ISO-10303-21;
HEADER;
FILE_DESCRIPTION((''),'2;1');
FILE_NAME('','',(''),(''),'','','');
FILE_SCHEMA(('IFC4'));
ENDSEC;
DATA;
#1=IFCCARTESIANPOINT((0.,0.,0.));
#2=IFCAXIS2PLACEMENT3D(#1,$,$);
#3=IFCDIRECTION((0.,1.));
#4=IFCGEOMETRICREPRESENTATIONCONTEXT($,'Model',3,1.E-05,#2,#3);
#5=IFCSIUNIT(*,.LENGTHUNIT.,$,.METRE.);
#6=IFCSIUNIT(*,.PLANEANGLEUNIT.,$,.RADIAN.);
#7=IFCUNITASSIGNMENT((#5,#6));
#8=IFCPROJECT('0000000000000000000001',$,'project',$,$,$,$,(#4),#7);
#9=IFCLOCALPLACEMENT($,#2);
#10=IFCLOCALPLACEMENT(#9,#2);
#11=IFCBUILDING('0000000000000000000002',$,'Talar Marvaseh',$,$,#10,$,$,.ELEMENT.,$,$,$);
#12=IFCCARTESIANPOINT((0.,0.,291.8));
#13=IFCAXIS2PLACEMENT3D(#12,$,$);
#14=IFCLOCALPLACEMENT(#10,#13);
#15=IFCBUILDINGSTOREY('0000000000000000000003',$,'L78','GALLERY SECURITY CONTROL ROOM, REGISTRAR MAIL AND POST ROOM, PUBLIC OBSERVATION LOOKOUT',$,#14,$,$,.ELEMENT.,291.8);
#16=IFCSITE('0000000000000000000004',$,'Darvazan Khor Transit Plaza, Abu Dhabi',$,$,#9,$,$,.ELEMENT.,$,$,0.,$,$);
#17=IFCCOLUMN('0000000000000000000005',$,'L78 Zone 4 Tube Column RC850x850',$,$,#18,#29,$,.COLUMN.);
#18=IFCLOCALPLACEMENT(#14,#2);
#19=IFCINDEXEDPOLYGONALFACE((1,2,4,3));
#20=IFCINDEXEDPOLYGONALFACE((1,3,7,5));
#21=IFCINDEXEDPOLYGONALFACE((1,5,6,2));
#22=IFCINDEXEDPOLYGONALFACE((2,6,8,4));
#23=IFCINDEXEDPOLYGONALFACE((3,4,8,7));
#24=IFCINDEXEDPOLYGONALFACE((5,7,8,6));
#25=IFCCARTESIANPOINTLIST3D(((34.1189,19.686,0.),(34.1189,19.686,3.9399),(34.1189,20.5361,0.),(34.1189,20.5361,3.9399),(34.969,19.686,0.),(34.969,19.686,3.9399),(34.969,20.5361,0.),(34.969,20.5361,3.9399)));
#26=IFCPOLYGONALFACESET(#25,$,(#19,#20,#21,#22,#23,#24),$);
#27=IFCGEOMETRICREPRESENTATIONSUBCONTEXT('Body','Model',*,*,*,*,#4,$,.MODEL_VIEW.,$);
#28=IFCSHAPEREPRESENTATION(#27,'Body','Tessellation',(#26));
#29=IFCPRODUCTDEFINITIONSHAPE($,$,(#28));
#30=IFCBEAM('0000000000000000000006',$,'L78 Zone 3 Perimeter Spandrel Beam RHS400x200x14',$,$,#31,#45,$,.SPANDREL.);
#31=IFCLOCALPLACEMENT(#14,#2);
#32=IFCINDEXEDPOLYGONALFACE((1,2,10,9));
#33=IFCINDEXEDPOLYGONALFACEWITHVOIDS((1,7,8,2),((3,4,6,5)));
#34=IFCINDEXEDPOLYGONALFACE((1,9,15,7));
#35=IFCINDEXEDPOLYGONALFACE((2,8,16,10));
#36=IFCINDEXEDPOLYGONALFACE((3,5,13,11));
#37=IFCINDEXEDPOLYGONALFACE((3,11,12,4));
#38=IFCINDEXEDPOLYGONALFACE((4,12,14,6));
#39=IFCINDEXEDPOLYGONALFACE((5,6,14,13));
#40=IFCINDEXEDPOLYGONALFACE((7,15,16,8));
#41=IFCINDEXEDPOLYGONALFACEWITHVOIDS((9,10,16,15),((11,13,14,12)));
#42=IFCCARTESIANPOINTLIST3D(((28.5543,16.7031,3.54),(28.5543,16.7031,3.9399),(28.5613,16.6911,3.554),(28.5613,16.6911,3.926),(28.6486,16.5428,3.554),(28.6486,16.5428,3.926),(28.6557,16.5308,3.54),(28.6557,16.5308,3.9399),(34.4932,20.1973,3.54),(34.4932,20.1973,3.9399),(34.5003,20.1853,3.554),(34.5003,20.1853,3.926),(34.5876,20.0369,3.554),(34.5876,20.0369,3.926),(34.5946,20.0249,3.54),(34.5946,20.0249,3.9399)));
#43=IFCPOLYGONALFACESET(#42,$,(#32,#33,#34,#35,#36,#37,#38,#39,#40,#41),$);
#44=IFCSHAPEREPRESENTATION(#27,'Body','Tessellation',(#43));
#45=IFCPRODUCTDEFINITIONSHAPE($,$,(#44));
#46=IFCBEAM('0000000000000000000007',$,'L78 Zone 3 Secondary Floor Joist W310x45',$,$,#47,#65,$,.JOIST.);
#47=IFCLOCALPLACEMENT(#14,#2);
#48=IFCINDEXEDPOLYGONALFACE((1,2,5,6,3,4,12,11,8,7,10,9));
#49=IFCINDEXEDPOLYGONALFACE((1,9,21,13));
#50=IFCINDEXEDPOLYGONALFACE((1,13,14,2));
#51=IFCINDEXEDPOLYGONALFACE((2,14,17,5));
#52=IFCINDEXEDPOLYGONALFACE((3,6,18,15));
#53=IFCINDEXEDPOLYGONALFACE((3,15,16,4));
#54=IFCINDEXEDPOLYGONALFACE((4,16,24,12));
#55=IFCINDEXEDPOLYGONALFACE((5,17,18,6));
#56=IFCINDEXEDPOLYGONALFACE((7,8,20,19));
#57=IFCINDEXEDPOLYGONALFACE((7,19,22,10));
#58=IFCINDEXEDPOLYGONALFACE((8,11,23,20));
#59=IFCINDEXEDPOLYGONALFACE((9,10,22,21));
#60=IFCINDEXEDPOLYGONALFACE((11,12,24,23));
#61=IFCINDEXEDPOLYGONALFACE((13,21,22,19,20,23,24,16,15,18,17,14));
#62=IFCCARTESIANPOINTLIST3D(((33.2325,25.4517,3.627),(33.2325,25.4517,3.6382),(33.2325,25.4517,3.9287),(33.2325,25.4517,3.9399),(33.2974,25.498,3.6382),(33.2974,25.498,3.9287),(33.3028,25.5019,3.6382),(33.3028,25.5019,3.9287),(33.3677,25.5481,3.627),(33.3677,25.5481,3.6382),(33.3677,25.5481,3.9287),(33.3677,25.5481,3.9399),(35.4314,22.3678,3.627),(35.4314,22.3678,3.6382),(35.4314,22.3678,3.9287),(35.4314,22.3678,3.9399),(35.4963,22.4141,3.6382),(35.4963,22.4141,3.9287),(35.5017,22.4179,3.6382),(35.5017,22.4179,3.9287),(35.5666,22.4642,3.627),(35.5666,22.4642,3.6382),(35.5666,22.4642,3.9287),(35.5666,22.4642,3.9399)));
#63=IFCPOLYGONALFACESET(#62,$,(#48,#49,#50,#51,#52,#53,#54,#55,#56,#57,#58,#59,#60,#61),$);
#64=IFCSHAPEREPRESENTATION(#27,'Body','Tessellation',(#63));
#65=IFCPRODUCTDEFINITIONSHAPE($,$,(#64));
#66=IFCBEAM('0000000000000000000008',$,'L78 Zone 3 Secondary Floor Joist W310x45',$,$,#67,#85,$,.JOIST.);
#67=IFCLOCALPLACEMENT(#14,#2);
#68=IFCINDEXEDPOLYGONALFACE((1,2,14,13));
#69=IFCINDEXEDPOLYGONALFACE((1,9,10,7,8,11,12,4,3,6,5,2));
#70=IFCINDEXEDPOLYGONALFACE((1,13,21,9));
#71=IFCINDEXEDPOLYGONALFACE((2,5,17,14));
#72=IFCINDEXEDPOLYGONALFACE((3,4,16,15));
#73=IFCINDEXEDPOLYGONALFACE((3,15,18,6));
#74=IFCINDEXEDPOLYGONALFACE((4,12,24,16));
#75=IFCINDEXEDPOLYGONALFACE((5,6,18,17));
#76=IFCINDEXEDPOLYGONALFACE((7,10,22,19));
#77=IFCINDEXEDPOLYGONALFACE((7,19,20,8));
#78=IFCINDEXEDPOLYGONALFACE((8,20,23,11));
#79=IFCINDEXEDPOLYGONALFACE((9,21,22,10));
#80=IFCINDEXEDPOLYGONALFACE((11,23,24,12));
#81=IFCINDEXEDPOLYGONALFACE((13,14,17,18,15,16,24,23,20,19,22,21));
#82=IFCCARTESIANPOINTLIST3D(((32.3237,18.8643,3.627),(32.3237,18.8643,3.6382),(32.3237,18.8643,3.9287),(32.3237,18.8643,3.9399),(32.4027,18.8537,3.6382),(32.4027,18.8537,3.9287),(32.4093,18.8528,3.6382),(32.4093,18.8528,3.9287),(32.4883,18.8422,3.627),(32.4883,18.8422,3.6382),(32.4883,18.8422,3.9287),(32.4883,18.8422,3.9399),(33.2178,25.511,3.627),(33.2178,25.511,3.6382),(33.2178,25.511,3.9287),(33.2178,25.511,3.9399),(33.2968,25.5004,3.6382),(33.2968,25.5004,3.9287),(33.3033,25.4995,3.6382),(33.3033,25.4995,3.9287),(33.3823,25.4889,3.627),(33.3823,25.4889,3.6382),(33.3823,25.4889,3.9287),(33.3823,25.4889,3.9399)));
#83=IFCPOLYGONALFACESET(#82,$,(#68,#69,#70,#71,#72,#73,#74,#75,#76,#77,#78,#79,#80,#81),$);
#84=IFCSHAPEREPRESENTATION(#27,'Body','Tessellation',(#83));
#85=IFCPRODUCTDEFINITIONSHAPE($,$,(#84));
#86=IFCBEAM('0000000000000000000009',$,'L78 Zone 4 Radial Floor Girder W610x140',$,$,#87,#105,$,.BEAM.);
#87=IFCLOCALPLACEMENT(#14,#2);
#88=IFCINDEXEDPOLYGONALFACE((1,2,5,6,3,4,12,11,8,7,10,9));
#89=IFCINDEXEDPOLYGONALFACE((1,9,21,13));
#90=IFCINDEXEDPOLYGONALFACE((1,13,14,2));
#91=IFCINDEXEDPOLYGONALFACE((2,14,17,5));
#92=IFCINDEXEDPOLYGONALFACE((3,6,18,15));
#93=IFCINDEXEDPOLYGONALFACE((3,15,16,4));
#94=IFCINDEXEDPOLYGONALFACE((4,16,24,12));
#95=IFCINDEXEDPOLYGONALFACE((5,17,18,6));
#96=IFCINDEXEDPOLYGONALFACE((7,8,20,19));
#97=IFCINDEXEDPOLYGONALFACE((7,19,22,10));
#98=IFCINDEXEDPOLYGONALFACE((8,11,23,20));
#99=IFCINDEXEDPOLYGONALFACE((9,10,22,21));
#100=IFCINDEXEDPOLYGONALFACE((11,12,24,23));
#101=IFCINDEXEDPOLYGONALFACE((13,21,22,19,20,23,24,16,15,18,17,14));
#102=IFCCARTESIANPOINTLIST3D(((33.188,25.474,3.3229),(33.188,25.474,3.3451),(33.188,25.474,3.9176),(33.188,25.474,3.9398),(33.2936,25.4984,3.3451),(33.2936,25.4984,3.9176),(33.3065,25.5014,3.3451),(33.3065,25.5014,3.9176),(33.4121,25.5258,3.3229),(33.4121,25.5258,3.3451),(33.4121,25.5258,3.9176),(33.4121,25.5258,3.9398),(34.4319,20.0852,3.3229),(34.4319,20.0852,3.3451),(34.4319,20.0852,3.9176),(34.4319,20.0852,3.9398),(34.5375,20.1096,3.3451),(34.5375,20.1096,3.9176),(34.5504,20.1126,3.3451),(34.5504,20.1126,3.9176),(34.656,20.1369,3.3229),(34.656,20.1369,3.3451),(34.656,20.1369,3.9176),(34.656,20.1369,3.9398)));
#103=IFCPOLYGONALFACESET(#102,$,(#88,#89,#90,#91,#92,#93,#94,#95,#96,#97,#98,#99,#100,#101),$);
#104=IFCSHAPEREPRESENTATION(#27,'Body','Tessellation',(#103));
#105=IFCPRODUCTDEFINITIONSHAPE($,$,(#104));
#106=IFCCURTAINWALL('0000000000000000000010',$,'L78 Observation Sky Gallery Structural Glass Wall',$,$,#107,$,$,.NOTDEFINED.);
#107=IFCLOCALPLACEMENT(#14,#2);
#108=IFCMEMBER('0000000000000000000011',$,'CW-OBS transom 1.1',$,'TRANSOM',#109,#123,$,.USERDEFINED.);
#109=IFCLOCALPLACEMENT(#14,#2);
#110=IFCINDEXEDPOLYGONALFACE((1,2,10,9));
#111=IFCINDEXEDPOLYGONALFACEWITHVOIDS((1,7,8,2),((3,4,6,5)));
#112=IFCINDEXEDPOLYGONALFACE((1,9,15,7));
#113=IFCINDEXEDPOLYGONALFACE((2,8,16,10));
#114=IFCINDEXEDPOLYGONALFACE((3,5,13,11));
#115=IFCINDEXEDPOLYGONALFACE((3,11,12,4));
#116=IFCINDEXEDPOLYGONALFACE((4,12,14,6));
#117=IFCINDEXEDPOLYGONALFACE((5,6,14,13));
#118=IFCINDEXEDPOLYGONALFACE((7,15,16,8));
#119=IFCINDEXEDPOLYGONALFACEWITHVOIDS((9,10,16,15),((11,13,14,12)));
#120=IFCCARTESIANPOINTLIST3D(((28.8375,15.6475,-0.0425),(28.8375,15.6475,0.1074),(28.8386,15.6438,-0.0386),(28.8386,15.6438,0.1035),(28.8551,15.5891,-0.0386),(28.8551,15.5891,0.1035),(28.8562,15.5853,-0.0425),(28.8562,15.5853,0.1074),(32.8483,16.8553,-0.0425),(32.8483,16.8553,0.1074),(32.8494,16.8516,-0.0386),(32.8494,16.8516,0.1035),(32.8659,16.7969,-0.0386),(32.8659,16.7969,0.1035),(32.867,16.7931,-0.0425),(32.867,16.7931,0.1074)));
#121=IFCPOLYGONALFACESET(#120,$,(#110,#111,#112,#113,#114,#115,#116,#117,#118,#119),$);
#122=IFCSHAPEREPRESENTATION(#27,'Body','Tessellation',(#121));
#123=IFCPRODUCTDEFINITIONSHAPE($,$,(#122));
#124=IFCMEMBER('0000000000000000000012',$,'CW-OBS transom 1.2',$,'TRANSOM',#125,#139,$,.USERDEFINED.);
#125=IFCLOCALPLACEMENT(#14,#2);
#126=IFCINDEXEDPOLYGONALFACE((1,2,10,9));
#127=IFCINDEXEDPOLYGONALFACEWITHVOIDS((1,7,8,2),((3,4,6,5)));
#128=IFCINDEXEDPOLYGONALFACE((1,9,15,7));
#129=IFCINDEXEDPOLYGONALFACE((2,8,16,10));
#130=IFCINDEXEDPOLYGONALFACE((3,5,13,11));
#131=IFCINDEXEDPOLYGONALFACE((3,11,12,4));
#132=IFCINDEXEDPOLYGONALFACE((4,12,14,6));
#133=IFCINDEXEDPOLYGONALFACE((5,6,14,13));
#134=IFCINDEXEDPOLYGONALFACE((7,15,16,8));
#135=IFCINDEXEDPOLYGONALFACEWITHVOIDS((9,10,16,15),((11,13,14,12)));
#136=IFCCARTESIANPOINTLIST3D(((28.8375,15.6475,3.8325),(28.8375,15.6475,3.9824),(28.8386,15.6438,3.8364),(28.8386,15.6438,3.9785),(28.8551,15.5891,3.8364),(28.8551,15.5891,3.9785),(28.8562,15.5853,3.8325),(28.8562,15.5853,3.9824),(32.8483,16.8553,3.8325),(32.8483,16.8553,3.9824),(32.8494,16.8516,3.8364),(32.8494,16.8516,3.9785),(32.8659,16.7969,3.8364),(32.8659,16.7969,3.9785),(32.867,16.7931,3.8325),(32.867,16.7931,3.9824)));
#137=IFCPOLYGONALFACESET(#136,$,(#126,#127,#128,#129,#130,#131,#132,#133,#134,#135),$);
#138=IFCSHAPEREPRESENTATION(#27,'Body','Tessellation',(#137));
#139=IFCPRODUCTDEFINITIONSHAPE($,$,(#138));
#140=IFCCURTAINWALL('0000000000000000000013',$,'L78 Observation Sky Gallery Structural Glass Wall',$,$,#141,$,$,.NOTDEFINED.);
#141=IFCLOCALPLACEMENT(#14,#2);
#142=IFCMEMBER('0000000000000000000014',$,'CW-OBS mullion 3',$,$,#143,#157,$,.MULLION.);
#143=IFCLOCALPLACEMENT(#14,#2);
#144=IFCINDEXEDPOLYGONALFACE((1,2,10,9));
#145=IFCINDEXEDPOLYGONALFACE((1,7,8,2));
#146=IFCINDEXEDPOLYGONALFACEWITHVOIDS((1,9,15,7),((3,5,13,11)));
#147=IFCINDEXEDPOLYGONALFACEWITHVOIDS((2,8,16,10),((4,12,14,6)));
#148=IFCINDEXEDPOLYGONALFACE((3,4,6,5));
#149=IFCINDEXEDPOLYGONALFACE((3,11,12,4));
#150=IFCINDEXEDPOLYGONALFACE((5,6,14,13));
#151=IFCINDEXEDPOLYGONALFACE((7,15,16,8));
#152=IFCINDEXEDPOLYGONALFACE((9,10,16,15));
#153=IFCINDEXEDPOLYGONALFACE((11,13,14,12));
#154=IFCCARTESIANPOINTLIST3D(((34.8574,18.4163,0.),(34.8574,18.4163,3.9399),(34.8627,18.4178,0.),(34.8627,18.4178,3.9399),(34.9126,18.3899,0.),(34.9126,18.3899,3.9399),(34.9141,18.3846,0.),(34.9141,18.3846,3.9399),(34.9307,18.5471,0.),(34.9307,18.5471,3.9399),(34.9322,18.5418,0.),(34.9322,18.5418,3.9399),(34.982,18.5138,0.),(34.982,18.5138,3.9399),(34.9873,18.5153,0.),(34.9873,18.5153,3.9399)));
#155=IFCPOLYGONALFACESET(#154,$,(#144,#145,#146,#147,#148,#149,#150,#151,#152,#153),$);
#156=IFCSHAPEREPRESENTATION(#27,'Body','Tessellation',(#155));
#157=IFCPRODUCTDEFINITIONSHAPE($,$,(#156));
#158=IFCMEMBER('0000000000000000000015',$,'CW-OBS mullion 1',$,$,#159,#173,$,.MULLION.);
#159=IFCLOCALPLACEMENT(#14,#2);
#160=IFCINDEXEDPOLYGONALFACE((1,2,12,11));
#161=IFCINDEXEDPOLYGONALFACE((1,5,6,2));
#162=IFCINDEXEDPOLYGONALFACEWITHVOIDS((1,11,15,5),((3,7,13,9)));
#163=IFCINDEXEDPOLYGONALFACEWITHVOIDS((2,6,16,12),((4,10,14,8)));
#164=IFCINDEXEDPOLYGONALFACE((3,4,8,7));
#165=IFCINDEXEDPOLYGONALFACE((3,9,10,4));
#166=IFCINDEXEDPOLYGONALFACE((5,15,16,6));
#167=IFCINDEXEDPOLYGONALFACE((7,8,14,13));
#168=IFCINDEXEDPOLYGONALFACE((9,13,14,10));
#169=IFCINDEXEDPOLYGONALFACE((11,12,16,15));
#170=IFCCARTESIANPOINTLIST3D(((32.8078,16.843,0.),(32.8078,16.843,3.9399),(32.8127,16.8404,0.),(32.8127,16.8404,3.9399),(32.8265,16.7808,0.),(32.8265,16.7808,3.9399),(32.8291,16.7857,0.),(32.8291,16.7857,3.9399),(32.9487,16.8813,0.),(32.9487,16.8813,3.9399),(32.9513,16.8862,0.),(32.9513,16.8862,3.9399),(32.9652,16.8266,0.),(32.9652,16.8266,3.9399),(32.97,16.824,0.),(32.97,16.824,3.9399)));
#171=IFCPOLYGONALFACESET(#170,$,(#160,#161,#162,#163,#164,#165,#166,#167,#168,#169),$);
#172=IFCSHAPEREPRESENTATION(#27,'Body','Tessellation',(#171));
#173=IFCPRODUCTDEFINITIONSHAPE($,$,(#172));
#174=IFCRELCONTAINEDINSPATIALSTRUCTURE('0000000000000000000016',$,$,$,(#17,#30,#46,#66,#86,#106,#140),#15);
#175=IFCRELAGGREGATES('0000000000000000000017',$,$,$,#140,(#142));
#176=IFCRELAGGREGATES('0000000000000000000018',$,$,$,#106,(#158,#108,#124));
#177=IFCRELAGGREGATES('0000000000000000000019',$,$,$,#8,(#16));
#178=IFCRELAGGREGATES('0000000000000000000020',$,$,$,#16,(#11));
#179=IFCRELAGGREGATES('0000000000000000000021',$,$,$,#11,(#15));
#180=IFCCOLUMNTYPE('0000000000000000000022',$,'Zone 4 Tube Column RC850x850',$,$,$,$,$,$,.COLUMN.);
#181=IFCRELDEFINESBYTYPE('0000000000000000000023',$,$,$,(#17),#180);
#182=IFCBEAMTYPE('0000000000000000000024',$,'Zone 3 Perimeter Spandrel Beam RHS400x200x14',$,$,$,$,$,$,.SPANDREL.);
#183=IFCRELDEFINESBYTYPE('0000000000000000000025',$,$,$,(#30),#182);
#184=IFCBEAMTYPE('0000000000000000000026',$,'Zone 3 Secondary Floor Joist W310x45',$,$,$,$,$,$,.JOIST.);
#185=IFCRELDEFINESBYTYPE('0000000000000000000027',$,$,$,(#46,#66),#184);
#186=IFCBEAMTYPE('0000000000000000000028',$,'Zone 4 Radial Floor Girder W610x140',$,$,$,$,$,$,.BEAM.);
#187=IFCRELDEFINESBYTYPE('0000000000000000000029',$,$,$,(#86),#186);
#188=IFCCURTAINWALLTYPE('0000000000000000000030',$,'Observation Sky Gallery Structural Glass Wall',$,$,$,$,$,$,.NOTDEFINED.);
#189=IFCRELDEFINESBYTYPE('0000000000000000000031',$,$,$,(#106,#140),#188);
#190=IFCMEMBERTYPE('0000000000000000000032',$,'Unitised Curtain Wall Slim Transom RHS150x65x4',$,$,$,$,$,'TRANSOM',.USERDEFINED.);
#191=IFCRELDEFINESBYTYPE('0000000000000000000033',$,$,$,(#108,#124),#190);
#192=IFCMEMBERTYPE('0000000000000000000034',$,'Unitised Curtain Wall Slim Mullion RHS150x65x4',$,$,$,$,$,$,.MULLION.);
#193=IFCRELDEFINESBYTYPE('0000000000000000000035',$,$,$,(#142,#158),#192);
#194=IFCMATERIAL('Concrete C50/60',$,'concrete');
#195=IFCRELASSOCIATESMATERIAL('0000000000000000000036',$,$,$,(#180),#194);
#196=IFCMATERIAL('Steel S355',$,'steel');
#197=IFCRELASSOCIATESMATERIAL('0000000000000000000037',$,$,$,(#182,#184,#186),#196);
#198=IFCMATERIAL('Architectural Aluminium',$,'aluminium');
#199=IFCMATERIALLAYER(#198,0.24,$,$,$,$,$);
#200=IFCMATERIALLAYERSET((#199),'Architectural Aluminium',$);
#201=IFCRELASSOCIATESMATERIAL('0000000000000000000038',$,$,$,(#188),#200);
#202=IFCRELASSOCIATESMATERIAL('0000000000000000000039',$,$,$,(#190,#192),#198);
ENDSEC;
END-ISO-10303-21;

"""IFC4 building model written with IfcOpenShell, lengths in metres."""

from ifc_helpers import new_model, si_unit, direction, frame, origin, origin_2d, place, context, subcontext, project, spatial, rectangle, hollow_rectangle, i_section, extrude, source, transform, mapped, material, layer, layer_set, material_profile, profile_set, type_object, type_shapes, element, aggregate, save


model = new_model("IFC4")

# Units and contexts
model_context = context("Model", 3, precision=1e-05, world=origin(), true_north=direction((0.0, 1.0)))
body_context = subcontext(model_context, "Body", "Model", "MODEL_VIEW")
ifc_project = project(units=[si_unit("LENGTHUNIT", "METRE"), si_unit("PLANEANGLEUNIT", "RADIAN")], contexts=[model_context])

# Site, building, storey
site_placement = place(None, origin())
site = spatial("IfcSite", under=ifc_project, at=site_placement, Name="Darvazan Khor Transit Plaza, Abu Dhabi", CompositionType="ELEMENT", RefElevation=0.0)
building_placement = place(site_placement, origin())
building = spatial("IfcBuilding", under=site, at=building_placement, Name="Talar Marvaseh", CompositionType="ELEMENT")
storey_placement = place(building_placement, frame((0.0, 0.0, 291.8)))
storey = spatial("IfcBuildingStorey", under=building, at=storey_placement, Name="L78", Description="GALLERY SECURITY CONTROL ROOM, REGISTRAR MAIL AND POST ROOM, PUBLIC OBSERVATION LOOKOUT", CompositionType="ELEMENT", Elevation=291.8)

# Column
ifc_material_1 = material(Name="Concrete C50/60", Category="concrete")
ifc_material_profile_1 = material_profile(ifc_material_1, rectangle(XDim=0.8501, YDim=0.8501, at=origin_2d()), Name="RC850x850")
ifc_profile_set_1 = profile_set([ifc_material_profile_1], Name="Concrete C50/60")
column_type = type_object("IfcColumnType", Name="Zone 4 Tube Column RC850x850", PredefinedType="COLUMN", material=ifc_profile_set_1)
column_placement = place(storey_placement, frame((34.5439, 20.1111, 0.0), z_axis=(0.0, 0.0, 1.0), x_axis=(1.0, 0.0, 0.0)))
element("IfcColumn", 1, at=column_placement, inside=storey, type_object=column_type, Name="L78 Zone 4 Tube Column RC850x850", PredefinedType="COLUMN", context=body_context, shape_type="SweptSolid", body=[
    extrude(rectangle(XDim=0.8501, YDim=0.8501, at=origin_2d()), origin(), (0.0, 0.0, 1.0), 3.9399),
])

# Beams
ifc_material_2 = material(Name="Steel S355", Category="steel")
ifc_material_profile_2 = material_profile(ifc_material_2, hollow_rectangle(XDim=0.2, YDim=0.3999, WallThickness=0.0139, at=origin_2d()), Name="RHS400x200x14")
ifc_profile_set_2 = profile_set([ifc_material_profile_2], Name="Steel S355")
beam_type_1 = type_object("IfcBeamType", Name="Zone 3 Perimeter Spandrel Beam RHS400x200x14", PredefinedType="SPANDREL", material=ifc_profile_set_2)
beam_1_placement = place(storey_placement, frame((34.5439, 20.1111, 3.74), z_axis=(-0.861894, -0.507088, 0.0), x_axis=(0.507088, -0.861894, 0.0)))
element("IfcBeam", 2, at=beam_1_placement, inside=storey, type_object=beam_type_1, Name="L78 Zone 3 Perimeter Spandrel Beam RHS400x200x14", PredefinedType="SPANDREL", context=body_context, shape_type="SweptSolid", body=[
    extrude(hollow_rectangle(XDim=0.2, YDim=0.3999, WallThickness=0.0139, at=origin_2d()), origin(), (0.0, 0.0, 1.0), 6.8906),
])
ifc_material_profile_3 = material_profile(ifc_material_2, i_section(OverallWidth=0.166, OverallDepth=0.313, WebThickness=0.0066, FlangeThickness=0.0112, at=origin_2d()), Name="W310x45")
ifc_profile_set_3 = profile_set([ifc_material_profile_3], Name="Steel S355")
beam_type_2 = type_object("IfcBeamType", Name="Zone 3 Secondary Floor Joist W310x45", PredefinedType="JOIST", material=ifc_profile_set_3)
beam_2_placement = place(storey_placement, frame((35.499, 22.416, 3.7834), z_axis=(-0.580561, 0.814217, 0.0), x_axis=(-0.814217, -0.580561, 0.0)))
element("IfcBeam", 3, at=beam_2_placement, inside=storey, type_object=beam_type_2, Name="L78 Zone 3 Secondary Floor Joist W310x45", PredefinedType="JOIST", context=body_context, shape_type="SweptSolid", body=[
    extrude(i_section(OverallWidth=0.166, OverallDepth=0.313, WebThickness=0.0066, FlangeThickness=0.0112, at=origin_2d()), origin(), (0.0, 0.0, 1.0), 3.7876),
])
beam_3_placement = place(storey_placement, frame((32.406, 18.8533, 3.7834), z_axis=(0.133308, 0.991075, 0.0), x_axis=(-0.991075, 0.133308, 0.0)))
element("IfcBeam", 4, at=beam_3_placement, inside=storey, type_object=beam_type_2, Name="L78 Zone 3 Secondary Floor Joist W310x45", PredefinedType="JOIST", context=body_context, shape_type="SweptSolid", body=[
    extrude(i_section(OverallWidth=0.166, OverallDepth=0.313, WebThickness=0.0066, FlangeThickness=0.0112, at=origin_2d()), origin(), (0.0, 0.0, 1.0), 6.7065),
])
ifc_material_profile_4 = material_profile(ifc_material_2, i_section(OverallWidth=0.23, OverallDepth=0.6169, WebThickness=0.0132, FlangeThickness=0.0222, at=origin_2d()), Name="W610x140")
ifc_profile_set_4 = profile_set([ifc_material_profile_4], Name="Steel S355")
beam_type_3 = type_object("IfcBeamType", Name="Zone 4 Radial Floor Girder W610x140", PredefinedType="BEAM", material=ifc_profile_set_4)
beam_4_placement = place(storey_placement, frame((34.5439, 20.1111, 3.6313), z_axis=(-0.224911, 0.974379, 0.0), x_axis=(-0.974379, -0.224911, 0.0)))
element("IfcBeam", 5, at=beam_4_placement, inside=storey, type_object=beam_type_3, Name="L78 Zone 4 Radial Floor Girder W610x140", PredefinedType="BEAM", context=body_context, shape_type="SweptSolid", body=[
    extrude(i_section(OverallWidth=0.23, OverallDepth=0.6169, WebThickness=0.0132, FlangeThickness=0.0222, at=origin_2d()), origin(), (0.0, 0.0, 1.0), 5.5305),
])

# Curtain wall, members
ifc_material_3 = material(Name="Architectural Aluminium", Category="aluminium")
ifc_layer_1 = layer(ifc_material_3, 0.24)
ifc_layer_set_1 = layer_set([ifc_layer_1], Name="Architectural Aluminium")
curtain_wall_type = type_object("IfcCurtainWallType", Name="Observation Sky Gallery Structural Glass Wall", PredefinedType="NOTDEFINED", material=ifc_layer_set_1)
curtain_wall_1_placement = place(storey_placement, origin())
curtain_wall_1 = element("IfcCurtainWall", 6, at=curtain_wall_1_placement, inside=storey, type_object=curtain_wall_type, Name="L78 Observation Sky Gallery Structural Glass Wall", PredefinedType="NOTDEFINED")
ifc_material_profile_5 = material_profile(ifc_material_3, hollow_rectangle(XDim=0.0649, YDim=0.1499, WallThickness=0.0039, at=origin_2d()), Name="RHS150x65x4")
ifc_profile_set_5 = profile_set([ifc_material_profile_5], Name="Architectural Aluminium")
member_type_1 = type_object("IfcMemberType", Name="Unitised Curtain Wall Slim Transom RHS150x65x4", ElementType="TRANSOM", PredefinedType="USERDEFINED", material=ifc_profile_set_5)
shared_shape_1 = source(origin(), body_context, "Body", "SweptSolid", [
    extrude(hollow_rectangle(XDim=0.0649, YDim=0.1499, WallThickness=0.0039, at=origin_2d()), origin(), (0.0, 0.0, 1.0), 4.1887),
])
member_1_placement = place(storey_placement, frame((32.8577, 16.8242, 0.0325), z_axis=(-0.957527, -0.288342, 0.0), x_axis=(0.288342, -0.957527, 0.0)))
member_1 = element("IfcMember", 7, at=member_1_placement, type_object=member_type_1, Name="CW-OBS transom 1.1", ObjectType="TRANSOM", PredefinedType="USERDEFINED", context=body_context, shape_type="MappedRepresentation", body=[
    mapped(shared_shape_1, transform((0.0, 0.0, 0.0), x_axis=(1.0, 0.0, 0.0), y_axis=(0.0, 1.0, 0.0), z_axis=(0.0, 0.0, 1.0), scale=1.0)),
])
member_2_placement = place(storey_placement, frame((32.8577, 16.8242, 3.9075), z_axis=(-0.957527, -0.288342, 0.0), x_axis=(0.288342, -0.957527, 0.0)))
member_2 = element("IfcMember", 8, at=member_2_placement, type_object=member_type_1, Name="CW-OBS transom 1.2", ObjectType="TRANSOM", PredefinedType="USERDEFINED", context=body_context, shape_type="MappedRepresentation", body=[
    mapped(shared_shape_1, transform((0.0, 0.0, 0.0), x_axis=(1.0, 0.0, 0.0), y_axis=(0.0, 1.0, 0.0), z_axis=(0.0, 0.0, 1.0), scale=1.0)),
])

# Curtain wall, member
curtain_wall_2_placement = place(storey_placement, origin())
curtain_wall_2 = element("IfcCurtainWall", 9, at=curtain_wall_2_placement, inside=storey, type_object=curtain_wall_type, Name="L78 Observation Sky Gallery Structural Glass Wall", PredefinedType="NOTDEFINED")
ifc_material_profile_6 = material_profile(ifc_material_3, hollow_rectangle(XDim=0.0649, YDim=0.1499, WallThickness=0.0039, at=origin_2d()), Name="RHS150x65x4")
ifc_profile_set_6 = profile_set([ifc_material_profile_6], Name="Architectural Aluminium")
member_type_2 = type_object("IfcMemberType", Name="Unitised Curtain Wall Slim Mullion RHS150x65x4", PredefinedType="MULLION", material=ifc_profile_set_6)
shared_shape_2 = source(origin(), body_context, "Body", "SweptSolid", [
    extrude(hollow_rectangle(XDim=0.0649, YDim=0.1499, WallThickness=0.0039, at=origin_2d()), origin(), (0.0, 0.0, 1.0), 3.9399),
])
type_shapes(member_type_2, [shared_shape_2])
member_3_placement = place(storey_placement, frame((34.9224, 18.4658, 0.0), z_axis=(0.0, 0.0, 1.0), x_axis=(0.872422, -0.488753, 0.0)))
member_3 = element("IfcMember", 10, at=member_3_placement, type_object=member_type_2, Name="CW-OBS mullion 3", PredefinedType="MULLION", context=body_context, shape_type="MappedRepresentation", body=[
    mapped(shared_shape_2, transform((0.0, 0.0, 0.0), x_axis=(1.0, 0.0, 0.0), y_axis=(0.0, 1.0, 0.0), z_axis=(0.0, 0.0, 1.0), scale=1.0)),
])

# Member
member_4_placement = place(storey_placement, frame((32.8889, 16.8335, 0.0), z_axis=(0.0, 0.0, 1.0), x_axis=(0.288346, -0.957526, 0.0)))
member_4 = element("IfcMember", 11, at=member_4_placement, type_object=member_type_2, Name="CW-OBS mullion 1", PredefinedType="MULLION", context=body_context, shape_type="MappedRepresentation", body=[
    mapped(shared_shape_2, transform((0.0, 0.0, 0.0), x_axis=(1.0, 0.0, 0.0), y_axis=(0.0, 1.0, 0.0), z_axis=(0.0, 0.0, 1.0), scale=1.0)),
])

aggregate(curtain_wall_2, [member_3])
aggregate(curtain_wall_1, [member_4, member_1, member_2])

save(model, "model.ifc")
